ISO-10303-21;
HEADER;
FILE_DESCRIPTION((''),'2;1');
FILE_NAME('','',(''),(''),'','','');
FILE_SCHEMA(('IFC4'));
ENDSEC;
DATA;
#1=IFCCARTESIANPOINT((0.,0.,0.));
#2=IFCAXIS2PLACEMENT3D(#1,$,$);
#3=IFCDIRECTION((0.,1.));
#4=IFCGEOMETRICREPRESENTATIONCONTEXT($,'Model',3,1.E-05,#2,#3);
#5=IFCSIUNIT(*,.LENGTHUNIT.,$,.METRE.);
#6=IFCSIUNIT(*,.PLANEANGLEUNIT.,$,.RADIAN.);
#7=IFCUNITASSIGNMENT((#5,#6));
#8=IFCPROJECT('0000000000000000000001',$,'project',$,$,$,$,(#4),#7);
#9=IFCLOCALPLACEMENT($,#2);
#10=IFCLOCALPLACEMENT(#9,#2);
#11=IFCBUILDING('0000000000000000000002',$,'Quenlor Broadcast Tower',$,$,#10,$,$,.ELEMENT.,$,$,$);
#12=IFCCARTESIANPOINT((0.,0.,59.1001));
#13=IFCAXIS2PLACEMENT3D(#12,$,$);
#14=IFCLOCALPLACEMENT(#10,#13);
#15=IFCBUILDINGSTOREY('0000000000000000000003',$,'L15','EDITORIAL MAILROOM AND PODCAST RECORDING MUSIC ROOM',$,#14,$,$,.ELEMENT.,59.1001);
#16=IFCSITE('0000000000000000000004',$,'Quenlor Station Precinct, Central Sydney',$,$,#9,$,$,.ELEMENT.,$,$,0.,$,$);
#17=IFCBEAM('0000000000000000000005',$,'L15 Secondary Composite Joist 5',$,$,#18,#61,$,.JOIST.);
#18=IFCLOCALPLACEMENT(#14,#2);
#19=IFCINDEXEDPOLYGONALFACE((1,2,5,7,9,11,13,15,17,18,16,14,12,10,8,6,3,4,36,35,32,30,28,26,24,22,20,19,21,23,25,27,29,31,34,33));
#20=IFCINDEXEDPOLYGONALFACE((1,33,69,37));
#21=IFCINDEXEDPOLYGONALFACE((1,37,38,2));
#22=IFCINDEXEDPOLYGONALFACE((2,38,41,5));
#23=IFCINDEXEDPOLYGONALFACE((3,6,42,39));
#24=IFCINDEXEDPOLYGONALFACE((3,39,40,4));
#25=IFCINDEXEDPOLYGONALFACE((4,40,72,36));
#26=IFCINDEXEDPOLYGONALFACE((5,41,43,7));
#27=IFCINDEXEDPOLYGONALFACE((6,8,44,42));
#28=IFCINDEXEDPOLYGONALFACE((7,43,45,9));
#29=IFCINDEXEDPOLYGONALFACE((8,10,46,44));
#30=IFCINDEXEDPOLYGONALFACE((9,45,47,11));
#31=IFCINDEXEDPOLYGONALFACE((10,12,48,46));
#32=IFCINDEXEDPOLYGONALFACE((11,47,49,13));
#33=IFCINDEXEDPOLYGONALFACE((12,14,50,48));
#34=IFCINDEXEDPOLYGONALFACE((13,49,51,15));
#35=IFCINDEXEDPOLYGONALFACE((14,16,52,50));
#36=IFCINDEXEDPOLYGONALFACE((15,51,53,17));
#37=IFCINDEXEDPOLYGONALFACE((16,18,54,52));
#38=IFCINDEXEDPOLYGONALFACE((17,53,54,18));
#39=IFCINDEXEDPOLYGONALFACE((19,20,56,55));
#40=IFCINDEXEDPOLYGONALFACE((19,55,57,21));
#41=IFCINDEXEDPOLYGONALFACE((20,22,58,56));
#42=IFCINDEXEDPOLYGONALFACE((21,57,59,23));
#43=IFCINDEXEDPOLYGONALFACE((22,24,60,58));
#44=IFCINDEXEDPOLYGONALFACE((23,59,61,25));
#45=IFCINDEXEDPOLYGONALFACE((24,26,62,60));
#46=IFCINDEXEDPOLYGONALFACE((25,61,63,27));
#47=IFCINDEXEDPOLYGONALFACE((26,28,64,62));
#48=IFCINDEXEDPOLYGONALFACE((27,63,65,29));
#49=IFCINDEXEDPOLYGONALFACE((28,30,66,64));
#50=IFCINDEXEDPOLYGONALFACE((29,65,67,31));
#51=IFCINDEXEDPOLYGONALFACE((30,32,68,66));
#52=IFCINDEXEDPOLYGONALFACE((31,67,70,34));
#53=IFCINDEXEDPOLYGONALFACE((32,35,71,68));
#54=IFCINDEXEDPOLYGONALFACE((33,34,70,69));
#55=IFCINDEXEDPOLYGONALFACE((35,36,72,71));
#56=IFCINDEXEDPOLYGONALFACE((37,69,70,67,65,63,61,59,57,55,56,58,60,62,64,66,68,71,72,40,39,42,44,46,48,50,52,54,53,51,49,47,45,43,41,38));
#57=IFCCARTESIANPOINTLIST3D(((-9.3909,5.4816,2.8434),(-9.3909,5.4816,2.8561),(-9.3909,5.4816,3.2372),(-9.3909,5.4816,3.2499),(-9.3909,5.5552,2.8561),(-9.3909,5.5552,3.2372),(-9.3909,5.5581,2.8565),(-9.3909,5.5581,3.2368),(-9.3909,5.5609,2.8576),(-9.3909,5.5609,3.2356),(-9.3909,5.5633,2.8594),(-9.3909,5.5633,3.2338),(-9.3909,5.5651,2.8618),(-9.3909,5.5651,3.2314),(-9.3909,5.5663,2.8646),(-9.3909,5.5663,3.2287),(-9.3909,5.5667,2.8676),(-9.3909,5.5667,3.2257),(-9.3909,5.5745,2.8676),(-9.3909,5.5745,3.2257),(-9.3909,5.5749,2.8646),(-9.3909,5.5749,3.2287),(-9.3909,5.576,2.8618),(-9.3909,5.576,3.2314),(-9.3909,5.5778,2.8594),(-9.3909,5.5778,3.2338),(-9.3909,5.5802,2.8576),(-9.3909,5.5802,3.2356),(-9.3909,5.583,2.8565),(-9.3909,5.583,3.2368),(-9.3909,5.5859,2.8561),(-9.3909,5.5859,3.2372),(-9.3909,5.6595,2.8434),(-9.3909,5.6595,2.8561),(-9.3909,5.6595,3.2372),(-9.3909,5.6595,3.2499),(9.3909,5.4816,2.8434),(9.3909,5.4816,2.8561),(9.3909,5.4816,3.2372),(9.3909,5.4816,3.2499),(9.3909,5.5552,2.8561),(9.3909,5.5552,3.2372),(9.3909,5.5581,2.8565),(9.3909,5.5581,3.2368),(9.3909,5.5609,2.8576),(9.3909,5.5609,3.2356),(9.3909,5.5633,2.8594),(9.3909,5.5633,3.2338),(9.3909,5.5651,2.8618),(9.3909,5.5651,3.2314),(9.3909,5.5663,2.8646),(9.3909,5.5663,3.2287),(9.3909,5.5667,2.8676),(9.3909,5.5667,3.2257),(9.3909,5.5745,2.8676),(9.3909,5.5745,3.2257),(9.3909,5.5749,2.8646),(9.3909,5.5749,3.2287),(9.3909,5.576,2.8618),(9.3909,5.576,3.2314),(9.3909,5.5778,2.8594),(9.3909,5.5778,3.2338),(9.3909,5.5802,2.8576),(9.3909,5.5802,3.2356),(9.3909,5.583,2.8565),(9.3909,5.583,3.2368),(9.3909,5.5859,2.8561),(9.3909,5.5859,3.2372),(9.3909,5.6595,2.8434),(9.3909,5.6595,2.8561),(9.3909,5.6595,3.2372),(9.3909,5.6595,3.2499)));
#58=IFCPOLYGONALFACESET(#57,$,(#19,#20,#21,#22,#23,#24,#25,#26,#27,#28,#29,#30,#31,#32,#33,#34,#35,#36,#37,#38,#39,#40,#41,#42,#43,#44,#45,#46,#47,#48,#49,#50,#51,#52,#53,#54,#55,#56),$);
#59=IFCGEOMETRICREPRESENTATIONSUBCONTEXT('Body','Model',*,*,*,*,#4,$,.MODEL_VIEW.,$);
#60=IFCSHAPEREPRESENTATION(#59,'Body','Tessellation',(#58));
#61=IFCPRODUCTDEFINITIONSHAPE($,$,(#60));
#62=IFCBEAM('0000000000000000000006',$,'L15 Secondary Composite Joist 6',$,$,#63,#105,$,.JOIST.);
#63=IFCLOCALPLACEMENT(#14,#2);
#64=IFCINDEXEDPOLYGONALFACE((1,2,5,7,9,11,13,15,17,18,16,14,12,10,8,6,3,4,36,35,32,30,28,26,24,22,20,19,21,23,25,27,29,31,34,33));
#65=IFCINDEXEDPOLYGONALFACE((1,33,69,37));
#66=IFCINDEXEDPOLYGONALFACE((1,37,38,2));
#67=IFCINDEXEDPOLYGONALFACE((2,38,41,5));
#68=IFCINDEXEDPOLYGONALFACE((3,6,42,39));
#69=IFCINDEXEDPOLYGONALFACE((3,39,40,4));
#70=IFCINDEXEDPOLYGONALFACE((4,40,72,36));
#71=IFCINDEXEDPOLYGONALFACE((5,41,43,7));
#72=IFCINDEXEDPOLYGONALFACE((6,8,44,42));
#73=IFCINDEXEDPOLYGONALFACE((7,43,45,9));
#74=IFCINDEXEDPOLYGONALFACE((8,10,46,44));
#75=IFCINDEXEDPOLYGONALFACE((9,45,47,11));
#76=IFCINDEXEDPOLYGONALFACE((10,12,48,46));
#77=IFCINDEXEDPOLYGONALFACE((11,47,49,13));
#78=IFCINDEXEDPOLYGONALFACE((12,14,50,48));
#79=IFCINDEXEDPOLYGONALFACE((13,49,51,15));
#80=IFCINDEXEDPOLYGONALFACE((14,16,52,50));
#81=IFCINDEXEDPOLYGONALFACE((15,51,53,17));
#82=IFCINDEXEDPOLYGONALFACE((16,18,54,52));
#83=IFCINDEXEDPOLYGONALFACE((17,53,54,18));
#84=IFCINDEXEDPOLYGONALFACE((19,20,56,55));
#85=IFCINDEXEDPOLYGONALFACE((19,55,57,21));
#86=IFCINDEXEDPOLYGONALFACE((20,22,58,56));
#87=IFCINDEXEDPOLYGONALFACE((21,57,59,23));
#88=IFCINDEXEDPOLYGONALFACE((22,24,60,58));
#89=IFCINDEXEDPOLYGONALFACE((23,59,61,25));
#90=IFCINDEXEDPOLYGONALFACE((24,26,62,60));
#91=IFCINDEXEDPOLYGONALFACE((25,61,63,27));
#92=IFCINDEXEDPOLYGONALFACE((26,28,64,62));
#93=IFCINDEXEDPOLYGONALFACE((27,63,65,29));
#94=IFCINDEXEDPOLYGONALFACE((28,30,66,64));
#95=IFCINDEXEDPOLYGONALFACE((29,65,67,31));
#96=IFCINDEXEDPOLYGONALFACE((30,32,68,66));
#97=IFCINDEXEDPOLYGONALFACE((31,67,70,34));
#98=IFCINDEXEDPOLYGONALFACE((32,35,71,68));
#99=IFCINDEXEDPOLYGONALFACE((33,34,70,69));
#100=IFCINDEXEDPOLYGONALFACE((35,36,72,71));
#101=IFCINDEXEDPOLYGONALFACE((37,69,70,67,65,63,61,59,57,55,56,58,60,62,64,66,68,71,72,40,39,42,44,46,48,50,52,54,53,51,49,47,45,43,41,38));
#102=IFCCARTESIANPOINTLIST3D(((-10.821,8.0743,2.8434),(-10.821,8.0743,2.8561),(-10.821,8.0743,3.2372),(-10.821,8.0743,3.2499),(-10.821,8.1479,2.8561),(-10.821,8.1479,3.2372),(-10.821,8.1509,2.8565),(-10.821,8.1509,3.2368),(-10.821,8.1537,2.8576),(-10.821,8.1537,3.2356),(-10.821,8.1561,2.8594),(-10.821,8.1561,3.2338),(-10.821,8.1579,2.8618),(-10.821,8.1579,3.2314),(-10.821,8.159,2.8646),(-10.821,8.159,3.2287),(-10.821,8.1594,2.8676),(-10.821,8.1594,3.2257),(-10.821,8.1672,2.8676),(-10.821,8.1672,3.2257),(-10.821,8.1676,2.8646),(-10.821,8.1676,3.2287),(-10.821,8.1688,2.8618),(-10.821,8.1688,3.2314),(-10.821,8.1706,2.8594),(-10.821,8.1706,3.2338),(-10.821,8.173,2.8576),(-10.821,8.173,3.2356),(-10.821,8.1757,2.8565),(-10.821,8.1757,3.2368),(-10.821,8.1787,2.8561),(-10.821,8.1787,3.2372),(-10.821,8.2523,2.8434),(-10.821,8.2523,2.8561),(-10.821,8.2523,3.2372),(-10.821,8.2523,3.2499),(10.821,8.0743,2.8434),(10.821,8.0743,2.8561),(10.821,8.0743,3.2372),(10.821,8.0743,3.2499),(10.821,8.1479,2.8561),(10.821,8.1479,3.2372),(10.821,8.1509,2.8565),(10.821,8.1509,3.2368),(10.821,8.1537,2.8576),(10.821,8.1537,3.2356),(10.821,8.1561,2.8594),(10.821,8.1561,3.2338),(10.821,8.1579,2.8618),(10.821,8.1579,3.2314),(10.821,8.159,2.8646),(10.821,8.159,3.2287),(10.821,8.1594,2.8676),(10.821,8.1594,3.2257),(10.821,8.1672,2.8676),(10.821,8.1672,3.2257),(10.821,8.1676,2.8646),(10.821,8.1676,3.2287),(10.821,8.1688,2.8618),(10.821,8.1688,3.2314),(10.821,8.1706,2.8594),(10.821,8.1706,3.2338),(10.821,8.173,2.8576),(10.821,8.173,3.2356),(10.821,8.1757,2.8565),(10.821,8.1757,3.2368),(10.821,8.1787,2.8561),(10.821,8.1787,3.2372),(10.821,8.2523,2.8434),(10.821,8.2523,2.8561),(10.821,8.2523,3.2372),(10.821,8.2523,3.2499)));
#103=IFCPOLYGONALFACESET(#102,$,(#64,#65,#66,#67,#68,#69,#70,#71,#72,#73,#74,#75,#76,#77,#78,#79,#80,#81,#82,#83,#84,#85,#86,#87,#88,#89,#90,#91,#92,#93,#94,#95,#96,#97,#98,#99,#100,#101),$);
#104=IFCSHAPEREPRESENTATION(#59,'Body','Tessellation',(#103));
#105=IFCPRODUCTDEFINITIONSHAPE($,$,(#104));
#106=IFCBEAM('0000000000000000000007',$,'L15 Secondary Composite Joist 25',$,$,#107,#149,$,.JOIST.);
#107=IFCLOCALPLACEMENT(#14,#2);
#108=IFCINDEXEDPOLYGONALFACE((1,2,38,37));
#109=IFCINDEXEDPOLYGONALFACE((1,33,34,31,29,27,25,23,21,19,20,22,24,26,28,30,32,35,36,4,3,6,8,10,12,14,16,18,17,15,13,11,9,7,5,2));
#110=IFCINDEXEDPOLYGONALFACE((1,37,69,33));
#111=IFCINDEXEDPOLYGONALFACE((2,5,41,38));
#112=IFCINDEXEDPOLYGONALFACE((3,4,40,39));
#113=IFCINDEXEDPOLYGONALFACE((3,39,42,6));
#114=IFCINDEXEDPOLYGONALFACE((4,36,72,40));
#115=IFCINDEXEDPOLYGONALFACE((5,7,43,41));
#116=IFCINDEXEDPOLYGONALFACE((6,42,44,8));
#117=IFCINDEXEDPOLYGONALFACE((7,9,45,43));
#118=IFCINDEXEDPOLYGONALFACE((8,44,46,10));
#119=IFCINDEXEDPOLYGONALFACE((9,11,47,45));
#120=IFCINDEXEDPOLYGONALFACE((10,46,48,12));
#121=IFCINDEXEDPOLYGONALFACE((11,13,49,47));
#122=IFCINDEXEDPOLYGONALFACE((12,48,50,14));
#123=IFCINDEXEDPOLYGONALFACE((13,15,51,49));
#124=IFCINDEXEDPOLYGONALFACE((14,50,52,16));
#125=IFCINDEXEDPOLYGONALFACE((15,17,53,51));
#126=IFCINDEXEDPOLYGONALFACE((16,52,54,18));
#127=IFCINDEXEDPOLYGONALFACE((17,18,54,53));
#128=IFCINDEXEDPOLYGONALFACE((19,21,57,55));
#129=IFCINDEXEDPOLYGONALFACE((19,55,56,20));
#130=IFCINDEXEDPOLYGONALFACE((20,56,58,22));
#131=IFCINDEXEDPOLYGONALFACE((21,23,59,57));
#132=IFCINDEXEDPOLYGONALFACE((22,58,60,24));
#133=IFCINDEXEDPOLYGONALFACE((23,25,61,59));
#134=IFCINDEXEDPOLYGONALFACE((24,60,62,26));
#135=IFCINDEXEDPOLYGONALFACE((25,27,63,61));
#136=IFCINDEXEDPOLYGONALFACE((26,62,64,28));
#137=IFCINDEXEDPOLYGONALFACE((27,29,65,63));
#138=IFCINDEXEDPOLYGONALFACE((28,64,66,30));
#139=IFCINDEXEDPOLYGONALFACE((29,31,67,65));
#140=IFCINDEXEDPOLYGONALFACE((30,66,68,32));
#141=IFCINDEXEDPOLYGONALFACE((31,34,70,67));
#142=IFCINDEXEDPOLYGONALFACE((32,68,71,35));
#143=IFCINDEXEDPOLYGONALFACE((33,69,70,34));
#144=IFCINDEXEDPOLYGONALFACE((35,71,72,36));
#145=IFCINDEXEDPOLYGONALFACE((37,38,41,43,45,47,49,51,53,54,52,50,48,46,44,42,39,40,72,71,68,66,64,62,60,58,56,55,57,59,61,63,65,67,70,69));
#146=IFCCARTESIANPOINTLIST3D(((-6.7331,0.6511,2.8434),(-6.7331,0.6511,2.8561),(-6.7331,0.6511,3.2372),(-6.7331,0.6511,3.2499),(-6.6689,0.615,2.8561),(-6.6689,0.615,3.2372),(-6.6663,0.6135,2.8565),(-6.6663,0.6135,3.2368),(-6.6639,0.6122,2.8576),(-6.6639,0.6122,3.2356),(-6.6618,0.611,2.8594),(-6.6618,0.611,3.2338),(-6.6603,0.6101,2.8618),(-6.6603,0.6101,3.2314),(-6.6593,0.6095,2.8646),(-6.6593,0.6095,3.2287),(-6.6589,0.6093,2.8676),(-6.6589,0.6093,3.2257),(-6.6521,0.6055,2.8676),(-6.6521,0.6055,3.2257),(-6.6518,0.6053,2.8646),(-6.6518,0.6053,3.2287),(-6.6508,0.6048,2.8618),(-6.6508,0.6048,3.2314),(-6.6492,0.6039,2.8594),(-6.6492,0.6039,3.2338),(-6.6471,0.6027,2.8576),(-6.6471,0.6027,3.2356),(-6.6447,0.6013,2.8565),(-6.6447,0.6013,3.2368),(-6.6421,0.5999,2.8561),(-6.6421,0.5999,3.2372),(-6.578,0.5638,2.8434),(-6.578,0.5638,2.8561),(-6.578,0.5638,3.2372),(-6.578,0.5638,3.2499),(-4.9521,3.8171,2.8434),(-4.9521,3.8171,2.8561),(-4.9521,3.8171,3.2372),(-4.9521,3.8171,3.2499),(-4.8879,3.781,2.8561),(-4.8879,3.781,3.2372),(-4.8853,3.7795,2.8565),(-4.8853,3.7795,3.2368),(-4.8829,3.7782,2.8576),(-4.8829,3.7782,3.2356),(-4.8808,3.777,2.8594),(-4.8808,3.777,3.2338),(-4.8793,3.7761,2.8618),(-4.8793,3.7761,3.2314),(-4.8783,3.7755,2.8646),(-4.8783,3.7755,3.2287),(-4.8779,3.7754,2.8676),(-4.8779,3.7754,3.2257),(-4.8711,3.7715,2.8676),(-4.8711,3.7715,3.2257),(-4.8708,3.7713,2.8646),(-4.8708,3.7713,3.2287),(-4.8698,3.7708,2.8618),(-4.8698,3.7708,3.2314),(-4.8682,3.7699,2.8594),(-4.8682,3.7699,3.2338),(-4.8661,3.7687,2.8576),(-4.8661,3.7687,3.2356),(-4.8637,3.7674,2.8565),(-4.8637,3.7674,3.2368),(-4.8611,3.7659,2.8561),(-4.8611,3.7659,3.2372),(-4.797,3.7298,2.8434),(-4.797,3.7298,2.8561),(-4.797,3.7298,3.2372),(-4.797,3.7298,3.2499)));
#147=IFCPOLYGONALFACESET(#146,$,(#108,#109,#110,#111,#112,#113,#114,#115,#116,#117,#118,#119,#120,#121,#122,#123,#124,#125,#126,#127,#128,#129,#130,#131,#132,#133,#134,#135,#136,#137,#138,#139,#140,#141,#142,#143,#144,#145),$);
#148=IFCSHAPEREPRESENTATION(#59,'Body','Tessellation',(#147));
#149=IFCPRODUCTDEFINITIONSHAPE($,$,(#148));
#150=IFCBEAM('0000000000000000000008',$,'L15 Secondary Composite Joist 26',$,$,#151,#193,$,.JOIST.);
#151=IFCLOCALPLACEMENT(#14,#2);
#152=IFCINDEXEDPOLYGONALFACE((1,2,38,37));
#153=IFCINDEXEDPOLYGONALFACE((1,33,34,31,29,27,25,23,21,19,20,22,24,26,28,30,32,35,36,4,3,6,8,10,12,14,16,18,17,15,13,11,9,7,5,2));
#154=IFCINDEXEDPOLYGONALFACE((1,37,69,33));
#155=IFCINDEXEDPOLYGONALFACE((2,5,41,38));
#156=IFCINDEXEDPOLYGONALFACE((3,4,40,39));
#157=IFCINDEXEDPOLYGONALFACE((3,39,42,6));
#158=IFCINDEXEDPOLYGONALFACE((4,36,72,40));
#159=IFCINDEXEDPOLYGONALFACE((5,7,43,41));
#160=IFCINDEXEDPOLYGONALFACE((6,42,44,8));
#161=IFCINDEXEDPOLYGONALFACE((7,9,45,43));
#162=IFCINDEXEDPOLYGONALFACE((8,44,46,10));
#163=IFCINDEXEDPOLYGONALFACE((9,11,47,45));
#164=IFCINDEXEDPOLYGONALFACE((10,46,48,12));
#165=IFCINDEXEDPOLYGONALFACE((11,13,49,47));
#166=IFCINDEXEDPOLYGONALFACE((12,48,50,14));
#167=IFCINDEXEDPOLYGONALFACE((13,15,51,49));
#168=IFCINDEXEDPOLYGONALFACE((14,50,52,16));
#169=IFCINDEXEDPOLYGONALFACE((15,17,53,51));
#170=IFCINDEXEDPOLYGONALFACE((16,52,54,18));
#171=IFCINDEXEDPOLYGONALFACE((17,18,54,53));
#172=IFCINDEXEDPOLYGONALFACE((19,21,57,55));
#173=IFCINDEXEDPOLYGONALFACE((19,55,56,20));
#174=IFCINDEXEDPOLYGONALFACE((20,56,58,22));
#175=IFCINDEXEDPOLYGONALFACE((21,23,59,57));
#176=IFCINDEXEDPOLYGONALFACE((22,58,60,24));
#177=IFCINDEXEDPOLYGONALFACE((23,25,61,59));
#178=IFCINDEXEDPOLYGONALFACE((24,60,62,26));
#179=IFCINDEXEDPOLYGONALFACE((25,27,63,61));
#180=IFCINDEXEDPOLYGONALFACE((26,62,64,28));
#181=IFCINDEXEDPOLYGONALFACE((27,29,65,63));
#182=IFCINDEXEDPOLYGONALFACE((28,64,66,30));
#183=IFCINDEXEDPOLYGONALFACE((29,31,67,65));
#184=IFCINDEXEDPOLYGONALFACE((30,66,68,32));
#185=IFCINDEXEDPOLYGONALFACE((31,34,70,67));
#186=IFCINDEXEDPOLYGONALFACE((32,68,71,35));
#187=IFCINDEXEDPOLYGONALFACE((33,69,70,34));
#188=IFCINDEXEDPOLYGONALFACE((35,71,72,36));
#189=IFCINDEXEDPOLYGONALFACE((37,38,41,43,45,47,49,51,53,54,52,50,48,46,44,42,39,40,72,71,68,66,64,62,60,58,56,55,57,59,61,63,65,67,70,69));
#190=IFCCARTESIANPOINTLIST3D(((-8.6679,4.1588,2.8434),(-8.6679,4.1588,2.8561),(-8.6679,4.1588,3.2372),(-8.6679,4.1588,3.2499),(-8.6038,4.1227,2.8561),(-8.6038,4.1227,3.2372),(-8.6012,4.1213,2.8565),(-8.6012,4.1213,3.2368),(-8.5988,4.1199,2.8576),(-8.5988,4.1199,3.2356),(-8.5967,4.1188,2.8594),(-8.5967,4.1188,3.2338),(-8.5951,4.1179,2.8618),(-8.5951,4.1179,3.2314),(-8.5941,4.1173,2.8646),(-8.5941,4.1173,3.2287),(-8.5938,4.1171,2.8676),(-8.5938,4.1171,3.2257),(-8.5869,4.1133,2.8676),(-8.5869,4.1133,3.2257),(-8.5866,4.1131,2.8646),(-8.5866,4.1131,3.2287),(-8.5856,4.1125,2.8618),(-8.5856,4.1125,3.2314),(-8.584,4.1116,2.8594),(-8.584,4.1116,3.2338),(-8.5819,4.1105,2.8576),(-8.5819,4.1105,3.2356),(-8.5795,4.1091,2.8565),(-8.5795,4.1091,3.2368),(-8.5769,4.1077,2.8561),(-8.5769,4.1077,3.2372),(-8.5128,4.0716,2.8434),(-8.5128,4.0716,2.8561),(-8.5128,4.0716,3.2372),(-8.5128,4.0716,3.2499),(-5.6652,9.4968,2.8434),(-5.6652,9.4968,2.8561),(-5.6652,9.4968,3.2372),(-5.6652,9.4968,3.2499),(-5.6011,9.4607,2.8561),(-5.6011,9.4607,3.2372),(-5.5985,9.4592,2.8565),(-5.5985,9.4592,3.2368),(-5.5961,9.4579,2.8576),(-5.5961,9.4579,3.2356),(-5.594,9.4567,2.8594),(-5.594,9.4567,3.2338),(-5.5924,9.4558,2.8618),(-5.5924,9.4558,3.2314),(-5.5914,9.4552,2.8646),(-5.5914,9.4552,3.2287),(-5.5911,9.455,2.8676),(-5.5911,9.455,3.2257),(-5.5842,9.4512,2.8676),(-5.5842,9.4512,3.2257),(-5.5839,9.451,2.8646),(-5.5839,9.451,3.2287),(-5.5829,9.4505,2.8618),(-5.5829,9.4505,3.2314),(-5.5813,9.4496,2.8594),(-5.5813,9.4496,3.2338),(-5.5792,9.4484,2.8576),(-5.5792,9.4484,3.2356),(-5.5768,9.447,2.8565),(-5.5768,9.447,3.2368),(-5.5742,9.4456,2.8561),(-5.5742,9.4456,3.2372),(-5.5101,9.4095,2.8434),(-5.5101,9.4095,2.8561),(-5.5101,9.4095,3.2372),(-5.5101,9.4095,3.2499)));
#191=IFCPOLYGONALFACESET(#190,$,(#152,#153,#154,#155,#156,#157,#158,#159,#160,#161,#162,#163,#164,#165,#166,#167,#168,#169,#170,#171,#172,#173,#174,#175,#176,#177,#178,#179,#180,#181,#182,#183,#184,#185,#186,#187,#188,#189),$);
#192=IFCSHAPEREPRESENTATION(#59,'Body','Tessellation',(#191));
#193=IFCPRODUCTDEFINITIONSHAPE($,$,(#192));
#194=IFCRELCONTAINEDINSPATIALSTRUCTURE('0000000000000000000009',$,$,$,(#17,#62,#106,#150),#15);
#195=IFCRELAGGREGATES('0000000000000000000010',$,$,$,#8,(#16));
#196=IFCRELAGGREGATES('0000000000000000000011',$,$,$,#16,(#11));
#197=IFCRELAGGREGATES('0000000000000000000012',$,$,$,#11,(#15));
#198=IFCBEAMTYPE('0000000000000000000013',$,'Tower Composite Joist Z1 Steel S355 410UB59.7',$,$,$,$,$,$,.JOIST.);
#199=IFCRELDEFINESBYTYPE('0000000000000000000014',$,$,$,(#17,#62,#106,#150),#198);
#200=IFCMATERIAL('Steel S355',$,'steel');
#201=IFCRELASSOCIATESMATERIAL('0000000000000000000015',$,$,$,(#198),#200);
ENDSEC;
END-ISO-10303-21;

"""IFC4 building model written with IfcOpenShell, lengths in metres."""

from ifc_helpers import new_model, si_unit, direction, frame, origin, origin_2d, place, context, subcontext, project, spatial, i_section, extrude, material, material_profile, profile_set, type_object, element, save


model = new_model("IFC4")

# Units and contexts
model_context = context("Model", 3, precision=1e-05, world=origin(), true_north=direction((0.0, 1.0)))
body_context = subcontext(model_context, "Body", "Model", "MODEL_VIEW")
ifc_project = project(units=[si_unit("LENGTHUNIT", "METRE"), si_unit("PLANEANGLEUNIT", "RADIAN")], contexts=[model_context])

# Site, building, storey
site_placement = place(None, origin())
site = spatial("IfcSite", under=ifc_project, at=site_placement, Name="Quenlor Station Precinct, Central Sydney", CompositionType="ELEMENT", RefElevation=0.0)
building_placement = place(site_placement, origin())
building = spatial("IfcBuilding", under=site, at=building_placement, Name="Quenlor Broadcast Tower", CompositionType="ELEMENT")
storey_placement = place(building_placement, frame((0.0, 0.0, 59.1001)))
storey = spatial("IfcBuildingStorey", under=building, at=storey_placement, Name="L15", Description="EDITORIAL MAILROOM AND PODCAST RECORDING MUSIC ROOM", CompositionType="ELEMENT", Elevation=59.1001)

# Beams
ifc_material_1 = material(Name="Steel S355", Category="steel")
ifc_material_profile_1 = material_profile(ifc_material_1, i_section(OverallWidth=0.178, OverallDepth=0.4065, WebThickness=0.0078, FlangeThickness=0.0127, FilletRadius=0.0115, at=origin_2d()))
ifc_profile_set_1 = profile_set([ifc_material_profile_1], Name="Steel S355 410UB59.7")
beam_type_1 = type_object("IfcBeamType", Name="Tower Composite Joist Z1 Steel S355 410UB59.7", PredefinedType="JOIST", material=ifc_profile_set_1)
beam_1_placement = place(storey_placement, frame((-9.3909, 5.5706, 3.0466), z_axis=(1.0, 0.0, 0.0), x_axis=(0.0, 1.0, 0.0)))
element("IfcBeam", 1, at=beam_1_placement, inside=storey, type_object=beam_type_1, Name="L15 Secondary Composite Joist 5", PredefinedType="JOIST", context=body_context, shape_type="SweptSolid", body=[
    extrude(i_section(OverallWidth=0.178, OverallDepth=0.4065, WebThickness=0.0078, FlangeThickness=0.0127, FilletRadius=0.0115, at=origin_2d()), origin(), (0.0, 0.0, 1.0), 18.7817),
])
beam_2_placement = place(storey_placement, frame((-10.821, 8.1633, 3.0466), z_axis=(1.0, 0.0, 0.0), x_axis=(0.0, 1.0, 0.0)))
element("IfcBeam", 2, at=beam_2_placement, inside=storey, type_object=beam_type_1, Name="L15 Secondary Composite Joist 6", PredefinedType="JOIST", context=body_context, shape_type="SweptSolid", body=[
    extrude(i_section(OverallWidth=0.178, OverallDepth=0.4065, WebThickness=0.0078, FlangeThickness=0.0127, FilletRadius=0.0115, at=origin_2d()), origin(), (0.0, 0.0, 1.0), 21.6421),
])
beam_3_placement = place(storey_placement, frame((-4.8745, 3.7734, 3.0466), z_axis=(-0.490287, -0.871561, 0.0), x_axis=(0.871561, -0.490287, 0.0)))
element("IfcBeam", 3, at=beam_3_placement, inside=storey, type_object=beam_type_1, Name="L15 Secondary Composite Joist 25", PredefinedType="JOIST", context=body_context, shape_type="SweptSolid", body=[
    extrude(i_section(OverallWidth=0.178, OverallDepth=0.4065, WebThickness=0.0078, FlangeThickness=0.0127, FilletRadius=0.0115, at=origin_2d()), origin(), (0.0, 0.0, 1.0), 3.6326),
])
beam_4_placement = place(storey_placement, frame((-5.5876, 9.4531, 3.0466), z_axis=(-0.490276, -0.871567, 0.0), x_axis=(0.871567, -0.490276, 0.0)))
element("IfcBeam", 4, at=beam_4_placement, inside=storey, type_object=beam_type_1, Name="L15 Secondary Composite Joist 26", PredefinedType="JOIST", context=body_context, shape_type="SweptSolid", body=[
    extrude(i_section(OverallWidth=0.178, OverallDepth=0.4065, WebThickness=0.0078, FlangeThickness=0.0127, FilletRadius=0.0115, at=origin_2d()), origin(), (0.0, 0.0, 1.0), 6.1245),
])

save(model, "model.ifc")
